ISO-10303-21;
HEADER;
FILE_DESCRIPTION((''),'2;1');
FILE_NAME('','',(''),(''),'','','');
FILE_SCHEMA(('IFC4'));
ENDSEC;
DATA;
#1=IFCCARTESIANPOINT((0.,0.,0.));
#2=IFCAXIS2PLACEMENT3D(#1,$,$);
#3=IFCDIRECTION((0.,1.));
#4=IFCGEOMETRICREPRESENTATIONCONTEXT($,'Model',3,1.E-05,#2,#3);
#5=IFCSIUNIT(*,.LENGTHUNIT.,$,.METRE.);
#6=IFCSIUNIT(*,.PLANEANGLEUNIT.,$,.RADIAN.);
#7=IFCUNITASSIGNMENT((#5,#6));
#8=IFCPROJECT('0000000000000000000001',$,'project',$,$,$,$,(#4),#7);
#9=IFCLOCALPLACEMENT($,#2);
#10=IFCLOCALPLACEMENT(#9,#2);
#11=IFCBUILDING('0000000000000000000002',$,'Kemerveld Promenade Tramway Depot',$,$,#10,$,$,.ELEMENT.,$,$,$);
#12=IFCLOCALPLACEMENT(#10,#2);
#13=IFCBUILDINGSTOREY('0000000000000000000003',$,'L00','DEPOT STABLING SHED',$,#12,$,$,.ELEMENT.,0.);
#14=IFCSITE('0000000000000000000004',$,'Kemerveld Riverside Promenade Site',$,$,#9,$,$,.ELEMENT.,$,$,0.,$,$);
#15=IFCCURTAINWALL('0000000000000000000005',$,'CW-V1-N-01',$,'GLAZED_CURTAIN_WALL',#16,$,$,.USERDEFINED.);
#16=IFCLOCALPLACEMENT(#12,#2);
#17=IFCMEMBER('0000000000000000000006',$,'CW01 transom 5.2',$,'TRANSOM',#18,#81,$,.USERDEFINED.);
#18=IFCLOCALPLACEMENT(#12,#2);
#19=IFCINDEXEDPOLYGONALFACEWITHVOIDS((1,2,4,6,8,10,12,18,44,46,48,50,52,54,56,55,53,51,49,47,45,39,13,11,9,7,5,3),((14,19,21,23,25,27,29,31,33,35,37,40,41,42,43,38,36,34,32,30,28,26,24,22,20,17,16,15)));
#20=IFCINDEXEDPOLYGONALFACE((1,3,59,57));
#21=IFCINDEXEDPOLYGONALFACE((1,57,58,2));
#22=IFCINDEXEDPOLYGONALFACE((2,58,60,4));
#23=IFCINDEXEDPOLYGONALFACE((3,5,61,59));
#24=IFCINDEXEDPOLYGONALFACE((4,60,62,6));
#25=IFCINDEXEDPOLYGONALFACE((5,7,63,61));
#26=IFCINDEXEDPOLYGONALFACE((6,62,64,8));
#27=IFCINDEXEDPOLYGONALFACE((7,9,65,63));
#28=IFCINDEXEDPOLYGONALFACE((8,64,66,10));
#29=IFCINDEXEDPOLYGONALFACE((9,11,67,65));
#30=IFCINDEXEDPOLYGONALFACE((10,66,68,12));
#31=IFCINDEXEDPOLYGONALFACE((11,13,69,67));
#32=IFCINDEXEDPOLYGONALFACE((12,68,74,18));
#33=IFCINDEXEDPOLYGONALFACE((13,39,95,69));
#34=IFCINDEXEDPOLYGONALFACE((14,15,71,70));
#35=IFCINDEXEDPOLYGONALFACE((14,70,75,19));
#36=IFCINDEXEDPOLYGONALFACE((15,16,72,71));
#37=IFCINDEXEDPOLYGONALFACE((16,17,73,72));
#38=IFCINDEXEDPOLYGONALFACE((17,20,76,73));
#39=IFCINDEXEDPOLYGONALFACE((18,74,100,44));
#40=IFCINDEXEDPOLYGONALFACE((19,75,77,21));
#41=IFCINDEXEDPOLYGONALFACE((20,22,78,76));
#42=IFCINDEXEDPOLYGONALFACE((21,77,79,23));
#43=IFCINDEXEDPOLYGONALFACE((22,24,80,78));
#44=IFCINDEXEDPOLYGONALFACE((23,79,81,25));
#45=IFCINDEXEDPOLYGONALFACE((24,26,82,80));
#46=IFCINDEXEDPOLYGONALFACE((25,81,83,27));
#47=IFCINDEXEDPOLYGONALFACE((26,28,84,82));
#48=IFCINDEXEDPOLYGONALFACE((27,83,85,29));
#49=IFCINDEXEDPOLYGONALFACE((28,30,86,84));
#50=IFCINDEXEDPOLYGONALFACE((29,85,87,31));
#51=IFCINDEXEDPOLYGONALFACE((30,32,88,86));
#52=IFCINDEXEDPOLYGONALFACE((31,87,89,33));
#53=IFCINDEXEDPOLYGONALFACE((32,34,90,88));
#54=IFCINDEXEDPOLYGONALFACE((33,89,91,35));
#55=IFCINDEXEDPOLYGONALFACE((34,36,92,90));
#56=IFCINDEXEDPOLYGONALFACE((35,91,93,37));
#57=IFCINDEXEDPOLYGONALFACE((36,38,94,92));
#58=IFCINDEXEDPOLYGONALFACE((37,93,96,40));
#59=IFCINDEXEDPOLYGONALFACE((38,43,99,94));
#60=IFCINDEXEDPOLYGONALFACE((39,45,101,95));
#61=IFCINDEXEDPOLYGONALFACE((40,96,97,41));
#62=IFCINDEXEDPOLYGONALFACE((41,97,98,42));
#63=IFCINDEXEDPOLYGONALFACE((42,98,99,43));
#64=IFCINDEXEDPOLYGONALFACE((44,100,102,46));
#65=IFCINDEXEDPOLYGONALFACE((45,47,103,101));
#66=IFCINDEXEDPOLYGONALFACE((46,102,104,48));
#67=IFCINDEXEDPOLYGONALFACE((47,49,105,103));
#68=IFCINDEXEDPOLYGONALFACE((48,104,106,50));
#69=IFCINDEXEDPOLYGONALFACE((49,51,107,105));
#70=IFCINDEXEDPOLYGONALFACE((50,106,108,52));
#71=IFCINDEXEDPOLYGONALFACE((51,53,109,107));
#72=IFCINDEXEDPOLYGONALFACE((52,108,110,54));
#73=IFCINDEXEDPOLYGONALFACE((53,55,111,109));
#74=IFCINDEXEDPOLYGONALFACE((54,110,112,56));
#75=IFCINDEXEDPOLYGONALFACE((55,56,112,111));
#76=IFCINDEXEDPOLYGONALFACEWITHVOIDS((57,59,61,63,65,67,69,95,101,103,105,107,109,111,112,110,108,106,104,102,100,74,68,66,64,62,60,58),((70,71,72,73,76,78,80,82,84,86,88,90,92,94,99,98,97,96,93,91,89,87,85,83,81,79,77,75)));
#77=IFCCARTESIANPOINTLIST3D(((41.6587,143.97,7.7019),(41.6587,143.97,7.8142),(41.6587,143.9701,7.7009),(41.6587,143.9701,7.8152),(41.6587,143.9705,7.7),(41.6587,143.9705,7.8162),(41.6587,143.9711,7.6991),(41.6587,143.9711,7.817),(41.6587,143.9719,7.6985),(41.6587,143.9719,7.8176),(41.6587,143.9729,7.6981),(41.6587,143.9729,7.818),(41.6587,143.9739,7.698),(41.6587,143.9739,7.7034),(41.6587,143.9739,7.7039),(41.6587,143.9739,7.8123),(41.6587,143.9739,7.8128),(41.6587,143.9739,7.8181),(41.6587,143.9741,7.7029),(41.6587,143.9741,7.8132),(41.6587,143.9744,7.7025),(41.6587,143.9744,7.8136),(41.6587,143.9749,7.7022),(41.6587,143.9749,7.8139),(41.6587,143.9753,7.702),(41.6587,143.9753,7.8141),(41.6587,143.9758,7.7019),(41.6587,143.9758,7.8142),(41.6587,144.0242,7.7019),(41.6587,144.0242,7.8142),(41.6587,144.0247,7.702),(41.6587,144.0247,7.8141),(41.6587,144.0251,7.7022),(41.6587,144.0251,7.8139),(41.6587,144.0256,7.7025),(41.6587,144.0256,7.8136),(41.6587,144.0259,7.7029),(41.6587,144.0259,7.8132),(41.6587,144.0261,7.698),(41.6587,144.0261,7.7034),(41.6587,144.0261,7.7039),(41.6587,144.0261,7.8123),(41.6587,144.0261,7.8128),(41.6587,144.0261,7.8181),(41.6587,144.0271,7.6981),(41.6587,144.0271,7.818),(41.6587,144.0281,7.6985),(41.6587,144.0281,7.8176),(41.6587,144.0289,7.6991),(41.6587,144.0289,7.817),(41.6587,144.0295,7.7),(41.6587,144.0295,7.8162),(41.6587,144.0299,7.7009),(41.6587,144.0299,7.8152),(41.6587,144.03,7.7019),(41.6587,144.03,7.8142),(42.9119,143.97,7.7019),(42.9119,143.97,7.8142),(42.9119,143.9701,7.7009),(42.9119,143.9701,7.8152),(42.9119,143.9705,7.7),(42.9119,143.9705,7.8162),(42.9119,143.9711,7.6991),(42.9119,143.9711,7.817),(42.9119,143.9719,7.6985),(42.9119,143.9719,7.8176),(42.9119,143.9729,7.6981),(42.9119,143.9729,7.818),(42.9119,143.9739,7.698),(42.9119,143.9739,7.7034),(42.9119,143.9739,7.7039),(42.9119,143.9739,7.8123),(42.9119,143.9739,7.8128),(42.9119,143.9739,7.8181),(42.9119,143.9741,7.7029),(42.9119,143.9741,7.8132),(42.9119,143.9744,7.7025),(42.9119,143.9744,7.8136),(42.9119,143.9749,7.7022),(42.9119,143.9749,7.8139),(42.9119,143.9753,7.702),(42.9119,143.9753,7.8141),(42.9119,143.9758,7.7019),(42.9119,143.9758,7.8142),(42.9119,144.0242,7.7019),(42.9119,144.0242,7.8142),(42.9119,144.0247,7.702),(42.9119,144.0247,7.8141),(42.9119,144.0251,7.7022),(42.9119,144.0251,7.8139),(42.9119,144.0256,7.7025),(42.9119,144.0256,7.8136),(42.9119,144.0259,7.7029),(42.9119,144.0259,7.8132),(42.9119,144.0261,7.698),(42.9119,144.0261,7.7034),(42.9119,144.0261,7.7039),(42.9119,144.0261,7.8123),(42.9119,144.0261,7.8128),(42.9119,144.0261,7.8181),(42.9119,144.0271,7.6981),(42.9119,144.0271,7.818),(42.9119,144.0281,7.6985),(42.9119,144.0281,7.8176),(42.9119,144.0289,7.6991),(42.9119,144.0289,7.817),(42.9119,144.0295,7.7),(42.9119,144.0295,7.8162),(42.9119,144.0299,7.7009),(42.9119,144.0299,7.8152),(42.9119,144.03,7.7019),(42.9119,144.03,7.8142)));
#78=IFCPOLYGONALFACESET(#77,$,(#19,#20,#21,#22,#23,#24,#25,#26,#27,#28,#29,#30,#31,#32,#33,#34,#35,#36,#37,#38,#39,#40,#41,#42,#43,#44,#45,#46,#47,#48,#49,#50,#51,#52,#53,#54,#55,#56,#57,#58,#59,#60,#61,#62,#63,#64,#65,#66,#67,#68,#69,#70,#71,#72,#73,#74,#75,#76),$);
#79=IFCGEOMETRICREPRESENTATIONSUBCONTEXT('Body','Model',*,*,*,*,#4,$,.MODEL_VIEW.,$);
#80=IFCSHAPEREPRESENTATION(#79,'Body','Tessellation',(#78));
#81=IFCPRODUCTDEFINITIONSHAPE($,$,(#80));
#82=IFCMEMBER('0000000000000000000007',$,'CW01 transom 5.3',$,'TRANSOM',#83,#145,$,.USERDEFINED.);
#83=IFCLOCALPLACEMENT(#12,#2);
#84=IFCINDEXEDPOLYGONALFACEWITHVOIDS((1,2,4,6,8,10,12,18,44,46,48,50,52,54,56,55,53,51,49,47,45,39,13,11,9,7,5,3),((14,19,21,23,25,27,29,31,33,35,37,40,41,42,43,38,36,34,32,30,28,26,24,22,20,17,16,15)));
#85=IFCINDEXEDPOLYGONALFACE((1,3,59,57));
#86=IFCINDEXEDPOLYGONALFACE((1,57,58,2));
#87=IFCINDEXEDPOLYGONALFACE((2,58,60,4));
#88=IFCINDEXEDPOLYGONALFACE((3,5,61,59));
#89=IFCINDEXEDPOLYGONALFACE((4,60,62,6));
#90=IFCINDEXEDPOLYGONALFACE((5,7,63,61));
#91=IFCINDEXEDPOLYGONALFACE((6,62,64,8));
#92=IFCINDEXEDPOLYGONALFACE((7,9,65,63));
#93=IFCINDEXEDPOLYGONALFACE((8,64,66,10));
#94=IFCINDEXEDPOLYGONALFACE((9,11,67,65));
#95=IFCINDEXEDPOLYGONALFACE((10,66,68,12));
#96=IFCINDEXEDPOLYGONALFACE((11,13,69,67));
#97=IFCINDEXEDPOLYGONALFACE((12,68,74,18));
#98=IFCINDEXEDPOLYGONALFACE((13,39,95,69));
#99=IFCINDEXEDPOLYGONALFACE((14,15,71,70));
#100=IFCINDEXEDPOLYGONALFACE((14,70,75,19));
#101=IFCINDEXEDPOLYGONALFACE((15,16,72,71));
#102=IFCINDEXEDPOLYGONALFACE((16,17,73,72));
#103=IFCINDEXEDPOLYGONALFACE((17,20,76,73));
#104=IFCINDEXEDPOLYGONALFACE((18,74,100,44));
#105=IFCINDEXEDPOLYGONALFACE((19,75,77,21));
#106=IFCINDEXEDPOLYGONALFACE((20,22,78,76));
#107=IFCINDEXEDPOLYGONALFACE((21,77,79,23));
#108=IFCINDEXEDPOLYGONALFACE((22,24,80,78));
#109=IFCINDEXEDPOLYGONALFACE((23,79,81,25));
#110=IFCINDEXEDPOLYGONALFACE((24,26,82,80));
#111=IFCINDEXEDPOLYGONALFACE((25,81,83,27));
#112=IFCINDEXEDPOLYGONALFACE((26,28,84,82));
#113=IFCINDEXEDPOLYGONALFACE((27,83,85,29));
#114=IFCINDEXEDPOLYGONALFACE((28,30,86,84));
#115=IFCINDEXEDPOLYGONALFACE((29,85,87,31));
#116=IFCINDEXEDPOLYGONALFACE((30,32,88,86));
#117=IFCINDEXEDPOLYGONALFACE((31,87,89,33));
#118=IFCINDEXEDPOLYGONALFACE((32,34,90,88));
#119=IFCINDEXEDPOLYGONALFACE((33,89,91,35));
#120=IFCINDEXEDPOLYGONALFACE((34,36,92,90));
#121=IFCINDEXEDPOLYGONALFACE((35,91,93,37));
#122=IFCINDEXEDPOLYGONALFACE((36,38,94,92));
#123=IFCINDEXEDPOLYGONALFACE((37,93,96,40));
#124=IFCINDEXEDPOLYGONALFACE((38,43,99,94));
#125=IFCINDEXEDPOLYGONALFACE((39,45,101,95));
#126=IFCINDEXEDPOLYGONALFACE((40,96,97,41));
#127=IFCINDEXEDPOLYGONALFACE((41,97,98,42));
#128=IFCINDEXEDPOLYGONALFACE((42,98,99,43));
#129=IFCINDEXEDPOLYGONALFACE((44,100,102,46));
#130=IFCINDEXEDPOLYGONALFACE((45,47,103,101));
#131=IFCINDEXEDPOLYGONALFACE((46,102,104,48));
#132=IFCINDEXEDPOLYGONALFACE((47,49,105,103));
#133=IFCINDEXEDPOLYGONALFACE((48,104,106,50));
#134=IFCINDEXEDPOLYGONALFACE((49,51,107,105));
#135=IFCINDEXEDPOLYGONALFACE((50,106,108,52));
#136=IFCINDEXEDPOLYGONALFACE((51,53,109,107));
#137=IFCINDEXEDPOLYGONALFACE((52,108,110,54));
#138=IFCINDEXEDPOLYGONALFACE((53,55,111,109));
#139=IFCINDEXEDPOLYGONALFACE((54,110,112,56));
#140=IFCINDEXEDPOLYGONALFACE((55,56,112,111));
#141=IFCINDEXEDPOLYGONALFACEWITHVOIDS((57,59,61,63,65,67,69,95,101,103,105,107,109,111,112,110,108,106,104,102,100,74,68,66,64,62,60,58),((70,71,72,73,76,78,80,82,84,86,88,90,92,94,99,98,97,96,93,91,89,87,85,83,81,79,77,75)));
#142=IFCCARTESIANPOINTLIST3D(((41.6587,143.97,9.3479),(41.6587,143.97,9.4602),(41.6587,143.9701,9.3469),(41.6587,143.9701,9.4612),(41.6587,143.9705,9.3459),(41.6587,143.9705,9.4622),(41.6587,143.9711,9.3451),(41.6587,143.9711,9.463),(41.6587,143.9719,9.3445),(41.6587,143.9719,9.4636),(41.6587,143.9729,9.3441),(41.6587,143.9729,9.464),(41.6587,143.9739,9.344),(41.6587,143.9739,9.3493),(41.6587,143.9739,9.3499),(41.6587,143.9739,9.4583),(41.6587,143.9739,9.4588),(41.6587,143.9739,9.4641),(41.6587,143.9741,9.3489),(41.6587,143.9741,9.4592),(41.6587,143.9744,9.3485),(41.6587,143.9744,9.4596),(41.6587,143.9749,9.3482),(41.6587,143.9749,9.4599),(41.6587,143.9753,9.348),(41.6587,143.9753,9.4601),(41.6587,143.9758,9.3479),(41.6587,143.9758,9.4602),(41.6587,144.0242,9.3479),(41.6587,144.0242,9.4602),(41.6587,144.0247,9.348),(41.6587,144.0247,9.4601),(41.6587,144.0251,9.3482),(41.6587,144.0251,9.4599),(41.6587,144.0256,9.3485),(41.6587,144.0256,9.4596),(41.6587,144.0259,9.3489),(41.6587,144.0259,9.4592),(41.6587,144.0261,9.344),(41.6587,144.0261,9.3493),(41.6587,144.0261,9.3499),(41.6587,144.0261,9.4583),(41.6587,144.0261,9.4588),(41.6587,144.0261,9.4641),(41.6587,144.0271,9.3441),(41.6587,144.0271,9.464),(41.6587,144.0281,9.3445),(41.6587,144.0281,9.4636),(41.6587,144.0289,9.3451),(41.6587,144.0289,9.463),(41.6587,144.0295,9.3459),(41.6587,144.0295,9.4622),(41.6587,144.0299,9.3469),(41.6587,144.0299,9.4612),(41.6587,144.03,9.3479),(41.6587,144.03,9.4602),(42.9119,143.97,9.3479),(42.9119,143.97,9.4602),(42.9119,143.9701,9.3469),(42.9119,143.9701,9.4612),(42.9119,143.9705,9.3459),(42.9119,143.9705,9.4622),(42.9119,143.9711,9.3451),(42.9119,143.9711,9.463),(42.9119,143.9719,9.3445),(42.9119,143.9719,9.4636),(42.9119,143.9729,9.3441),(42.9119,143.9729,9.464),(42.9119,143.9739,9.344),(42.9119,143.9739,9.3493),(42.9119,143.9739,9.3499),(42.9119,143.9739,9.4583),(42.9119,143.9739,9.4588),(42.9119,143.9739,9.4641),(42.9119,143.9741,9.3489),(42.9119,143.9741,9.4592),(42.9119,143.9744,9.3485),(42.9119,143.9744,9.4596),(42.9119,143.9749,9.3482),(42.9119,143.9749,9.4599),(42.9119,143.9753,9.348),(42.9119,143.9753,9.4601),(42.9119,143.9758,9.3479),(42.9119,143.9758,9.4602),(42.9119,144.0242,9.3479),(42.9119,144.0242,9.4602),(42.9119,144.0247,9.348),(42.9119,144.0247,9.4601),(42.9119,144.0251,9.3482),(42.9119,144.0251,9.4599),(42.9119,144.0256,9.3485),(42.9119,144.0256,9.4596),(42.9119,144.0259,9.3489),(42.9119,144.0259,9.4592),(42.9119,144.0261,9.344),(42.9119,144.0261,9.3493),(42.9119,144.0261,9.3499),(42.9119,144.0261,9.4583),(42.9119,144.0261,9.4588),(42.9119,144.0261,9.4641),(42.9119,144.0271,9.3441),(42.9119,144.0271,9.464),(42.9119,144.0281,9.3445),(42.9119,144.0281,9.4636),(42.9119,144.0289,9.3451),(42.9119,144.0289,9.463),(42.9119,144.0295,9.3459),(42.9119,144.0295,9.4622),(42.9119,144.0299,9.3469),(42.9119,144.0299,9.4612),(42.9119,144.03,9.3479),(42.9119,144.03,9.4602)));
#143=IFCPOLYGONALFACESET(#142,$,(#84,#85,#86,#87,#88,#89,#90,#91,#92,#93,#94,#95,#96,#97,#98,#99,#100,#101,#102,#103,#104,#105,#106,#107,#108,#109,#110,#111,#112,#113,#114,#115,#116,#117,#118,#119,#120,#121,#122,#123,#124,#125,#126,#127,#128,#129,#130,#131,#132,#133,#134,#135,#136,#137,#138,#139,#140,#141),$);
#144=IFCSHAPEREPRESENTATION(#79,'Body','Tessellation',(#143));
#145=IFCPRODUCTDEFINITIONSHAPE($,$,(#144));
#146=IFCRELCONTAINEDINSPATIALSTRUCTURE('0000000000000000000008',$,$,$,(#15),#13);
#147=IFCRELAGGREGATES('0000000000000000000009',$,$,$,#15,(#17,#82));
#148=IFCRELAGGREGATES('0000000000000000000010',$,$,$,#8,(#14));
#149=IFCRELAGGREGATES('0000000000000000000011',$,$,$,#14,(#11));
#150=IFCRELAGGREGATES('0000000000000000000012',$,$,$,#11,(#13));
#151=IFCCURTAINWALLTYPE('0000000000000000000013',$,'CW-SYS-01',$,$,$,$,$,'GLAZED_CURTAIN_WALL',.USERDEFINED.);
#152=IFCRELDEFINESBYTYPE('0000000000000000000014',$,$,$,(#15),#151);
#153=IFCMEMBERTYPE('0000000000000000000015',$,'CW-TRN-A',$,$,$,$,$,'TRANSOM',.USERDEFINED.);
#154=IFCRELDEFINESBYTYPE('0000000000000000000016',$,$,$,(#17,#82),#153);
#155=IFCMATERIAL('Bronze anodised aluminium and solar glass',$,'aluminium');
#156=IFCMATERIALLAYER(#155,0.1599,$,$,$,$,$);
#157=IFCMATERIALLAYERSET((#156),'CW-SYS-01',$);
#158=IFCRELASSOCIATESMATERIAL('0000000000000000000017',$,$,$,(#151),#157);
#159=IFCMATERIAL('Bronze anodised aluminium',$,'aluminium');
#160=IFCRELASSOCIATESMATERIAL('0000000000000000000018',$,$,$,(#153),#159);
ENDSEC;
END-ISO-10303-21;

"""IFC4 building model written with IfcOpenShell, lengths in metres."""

from ifc_helpers import new_model, si_unit, direction, frame, origin, origin_2d, place, context, subcontext, project, spatial, hollow_rectangle, extrude, material, layer, layer_set, material_profile, profile_set, type_object, element, aggregate, save


model = new_model("IFC4")

# Units and contexts
model_context = context("Model", 3, precision=1e-05, world=origin(), true_north=direction((0.0, 1.0)))
body_context = subcontext(model_context, "Body", "Model", "MODEL_VIEW")
ifc_project = project(units=[si_unit("LENGTHUNIT", "METRE"), si_unit("PLANEANGLEUNIT", "RADIAN")], contexts=[model_context])

# Site, building, storey
site_placement = place(None, origin())
site = spatial("IfcSite", under=ifc_project, at=site_placement, Name="Kemerveld Riverside Promenade Site", CompositionType="ELEMENT", RefElevation=0.0)
building_placement = place(site_placement, origin())
building = spatial("IfcBuilding", under=site, at=building_placement, Name="Kemerveld Promenade Tramway Depot", CompositionType="ELEMENT")
storey_placement = place(building_placement, origin())
storey = spatial("IfcBuildingStorey", under=building, at=storey_placement, Name="L00", Description="DEPOT STABLING SHED", CompositionType="ELEMENT", Elevation=0.0)

# Curtain wall, members
ifc_material_1 = material(Name="Bronze anodised aluminium and solar glass", Category="aluminium")
ifc_layer_1 = layer(ifc_material_1, 0.1599)
ifc_layer_set_1 = layer_set([ifc_layer_1], Name="CW-SYS-01")
curtain_wall_type_1 = type_object("IfcCurtainWallType", Name="CW-SYS-01", ElementType="GLAZED_CURTAIN_WALL", PredefinedType="USERDEFINED", material=ifc_layer_set_1)
curtain_wall_1_placement = place(storey_placement, origin())
curtain_wall_1 = element("IfcCurtainWall", 1, at=curtain_wall_1_placement, inside=storey, type_object=curtain_wall_type_1, Name="CW-V1-N-01", ObjectType="GLAZED_CURTAIN_WALL", PredefinedType="USERDEFINED")
ifc_material_2 = material(Name="Bronze anodised aluminium", Category="aluminium")
ifc_material_profile_1 = material_profile(ifc_material_2, hollow_rectangle(XDim=0.0601, YDim=0.1201, WallThickness=0.0039, InnerFilletRadius=0.002, OuterFilletRadius=0.0039, at=origin_2d()), Name="CW-TRN-120x60")
ifc_profile_set_1 = profile_set([ifc_material_profile_1], Name="Bronze anodised aluminium")
member_type_1 = type_object("IfcMemberType", Name="CW-TRN-A", ElementType="TRANSOM", PredefinedType="USERDEFINED", material=ifc_profile_set_1)
member_1_placement = place(storey_placement, frame((41.6587, 144.0, 7.7581), z_axis=(1.0, 0.0, 0.0), x_axis=(0.0, 1.0, 0.0)))
member_1 = element("IfcMember", 2, at=member_1_placement, type_object=member_type_1, Name="CW01 transom 5.2", ObjectType="TRANSOM", PredefinedType="USERDEFINED", context=body_context, shape_type="SweptSolid", body=[
    extrude(hollow_rectangle(XDim=0.0601, YDim=0.1201, WallThickness=0.0039, InnerFilletRadius=0.002, OuterFilletRadius=0.0039, at=origin_2d()), origin(), (0.0, 0.0, 1.0), 1.2532),
])
member_2_placement = place(storey_placement, frame((41.6587, 144.0, 9.4041), z_axis=(1.0, 0.0, 0.0), x_axis=(0.0, 1.0, 0.0)))
member_2 = element("IfcMember", 3, at=member_2_placement, type_object=member_type_1, Name="CW01 transom 5.3", ObjectType="TRANSOM", PredefinedType="USERDEFINED", context=body_context, shape_type="SweptSolid", body=[
    extrude(hollow_rectangle(XDim=0.0601, YDim=0.1201, WallThickness=0.0039, InnerFilletRadius=0.002, OuterFilletRadius=0.0039, at=origin_2d()), origin(), (0.0, 0.0, 1.0), 1.2532),
])

aggregate(curtain_wall_1, [member_1, member_2])

save(model, "model.ifc")
